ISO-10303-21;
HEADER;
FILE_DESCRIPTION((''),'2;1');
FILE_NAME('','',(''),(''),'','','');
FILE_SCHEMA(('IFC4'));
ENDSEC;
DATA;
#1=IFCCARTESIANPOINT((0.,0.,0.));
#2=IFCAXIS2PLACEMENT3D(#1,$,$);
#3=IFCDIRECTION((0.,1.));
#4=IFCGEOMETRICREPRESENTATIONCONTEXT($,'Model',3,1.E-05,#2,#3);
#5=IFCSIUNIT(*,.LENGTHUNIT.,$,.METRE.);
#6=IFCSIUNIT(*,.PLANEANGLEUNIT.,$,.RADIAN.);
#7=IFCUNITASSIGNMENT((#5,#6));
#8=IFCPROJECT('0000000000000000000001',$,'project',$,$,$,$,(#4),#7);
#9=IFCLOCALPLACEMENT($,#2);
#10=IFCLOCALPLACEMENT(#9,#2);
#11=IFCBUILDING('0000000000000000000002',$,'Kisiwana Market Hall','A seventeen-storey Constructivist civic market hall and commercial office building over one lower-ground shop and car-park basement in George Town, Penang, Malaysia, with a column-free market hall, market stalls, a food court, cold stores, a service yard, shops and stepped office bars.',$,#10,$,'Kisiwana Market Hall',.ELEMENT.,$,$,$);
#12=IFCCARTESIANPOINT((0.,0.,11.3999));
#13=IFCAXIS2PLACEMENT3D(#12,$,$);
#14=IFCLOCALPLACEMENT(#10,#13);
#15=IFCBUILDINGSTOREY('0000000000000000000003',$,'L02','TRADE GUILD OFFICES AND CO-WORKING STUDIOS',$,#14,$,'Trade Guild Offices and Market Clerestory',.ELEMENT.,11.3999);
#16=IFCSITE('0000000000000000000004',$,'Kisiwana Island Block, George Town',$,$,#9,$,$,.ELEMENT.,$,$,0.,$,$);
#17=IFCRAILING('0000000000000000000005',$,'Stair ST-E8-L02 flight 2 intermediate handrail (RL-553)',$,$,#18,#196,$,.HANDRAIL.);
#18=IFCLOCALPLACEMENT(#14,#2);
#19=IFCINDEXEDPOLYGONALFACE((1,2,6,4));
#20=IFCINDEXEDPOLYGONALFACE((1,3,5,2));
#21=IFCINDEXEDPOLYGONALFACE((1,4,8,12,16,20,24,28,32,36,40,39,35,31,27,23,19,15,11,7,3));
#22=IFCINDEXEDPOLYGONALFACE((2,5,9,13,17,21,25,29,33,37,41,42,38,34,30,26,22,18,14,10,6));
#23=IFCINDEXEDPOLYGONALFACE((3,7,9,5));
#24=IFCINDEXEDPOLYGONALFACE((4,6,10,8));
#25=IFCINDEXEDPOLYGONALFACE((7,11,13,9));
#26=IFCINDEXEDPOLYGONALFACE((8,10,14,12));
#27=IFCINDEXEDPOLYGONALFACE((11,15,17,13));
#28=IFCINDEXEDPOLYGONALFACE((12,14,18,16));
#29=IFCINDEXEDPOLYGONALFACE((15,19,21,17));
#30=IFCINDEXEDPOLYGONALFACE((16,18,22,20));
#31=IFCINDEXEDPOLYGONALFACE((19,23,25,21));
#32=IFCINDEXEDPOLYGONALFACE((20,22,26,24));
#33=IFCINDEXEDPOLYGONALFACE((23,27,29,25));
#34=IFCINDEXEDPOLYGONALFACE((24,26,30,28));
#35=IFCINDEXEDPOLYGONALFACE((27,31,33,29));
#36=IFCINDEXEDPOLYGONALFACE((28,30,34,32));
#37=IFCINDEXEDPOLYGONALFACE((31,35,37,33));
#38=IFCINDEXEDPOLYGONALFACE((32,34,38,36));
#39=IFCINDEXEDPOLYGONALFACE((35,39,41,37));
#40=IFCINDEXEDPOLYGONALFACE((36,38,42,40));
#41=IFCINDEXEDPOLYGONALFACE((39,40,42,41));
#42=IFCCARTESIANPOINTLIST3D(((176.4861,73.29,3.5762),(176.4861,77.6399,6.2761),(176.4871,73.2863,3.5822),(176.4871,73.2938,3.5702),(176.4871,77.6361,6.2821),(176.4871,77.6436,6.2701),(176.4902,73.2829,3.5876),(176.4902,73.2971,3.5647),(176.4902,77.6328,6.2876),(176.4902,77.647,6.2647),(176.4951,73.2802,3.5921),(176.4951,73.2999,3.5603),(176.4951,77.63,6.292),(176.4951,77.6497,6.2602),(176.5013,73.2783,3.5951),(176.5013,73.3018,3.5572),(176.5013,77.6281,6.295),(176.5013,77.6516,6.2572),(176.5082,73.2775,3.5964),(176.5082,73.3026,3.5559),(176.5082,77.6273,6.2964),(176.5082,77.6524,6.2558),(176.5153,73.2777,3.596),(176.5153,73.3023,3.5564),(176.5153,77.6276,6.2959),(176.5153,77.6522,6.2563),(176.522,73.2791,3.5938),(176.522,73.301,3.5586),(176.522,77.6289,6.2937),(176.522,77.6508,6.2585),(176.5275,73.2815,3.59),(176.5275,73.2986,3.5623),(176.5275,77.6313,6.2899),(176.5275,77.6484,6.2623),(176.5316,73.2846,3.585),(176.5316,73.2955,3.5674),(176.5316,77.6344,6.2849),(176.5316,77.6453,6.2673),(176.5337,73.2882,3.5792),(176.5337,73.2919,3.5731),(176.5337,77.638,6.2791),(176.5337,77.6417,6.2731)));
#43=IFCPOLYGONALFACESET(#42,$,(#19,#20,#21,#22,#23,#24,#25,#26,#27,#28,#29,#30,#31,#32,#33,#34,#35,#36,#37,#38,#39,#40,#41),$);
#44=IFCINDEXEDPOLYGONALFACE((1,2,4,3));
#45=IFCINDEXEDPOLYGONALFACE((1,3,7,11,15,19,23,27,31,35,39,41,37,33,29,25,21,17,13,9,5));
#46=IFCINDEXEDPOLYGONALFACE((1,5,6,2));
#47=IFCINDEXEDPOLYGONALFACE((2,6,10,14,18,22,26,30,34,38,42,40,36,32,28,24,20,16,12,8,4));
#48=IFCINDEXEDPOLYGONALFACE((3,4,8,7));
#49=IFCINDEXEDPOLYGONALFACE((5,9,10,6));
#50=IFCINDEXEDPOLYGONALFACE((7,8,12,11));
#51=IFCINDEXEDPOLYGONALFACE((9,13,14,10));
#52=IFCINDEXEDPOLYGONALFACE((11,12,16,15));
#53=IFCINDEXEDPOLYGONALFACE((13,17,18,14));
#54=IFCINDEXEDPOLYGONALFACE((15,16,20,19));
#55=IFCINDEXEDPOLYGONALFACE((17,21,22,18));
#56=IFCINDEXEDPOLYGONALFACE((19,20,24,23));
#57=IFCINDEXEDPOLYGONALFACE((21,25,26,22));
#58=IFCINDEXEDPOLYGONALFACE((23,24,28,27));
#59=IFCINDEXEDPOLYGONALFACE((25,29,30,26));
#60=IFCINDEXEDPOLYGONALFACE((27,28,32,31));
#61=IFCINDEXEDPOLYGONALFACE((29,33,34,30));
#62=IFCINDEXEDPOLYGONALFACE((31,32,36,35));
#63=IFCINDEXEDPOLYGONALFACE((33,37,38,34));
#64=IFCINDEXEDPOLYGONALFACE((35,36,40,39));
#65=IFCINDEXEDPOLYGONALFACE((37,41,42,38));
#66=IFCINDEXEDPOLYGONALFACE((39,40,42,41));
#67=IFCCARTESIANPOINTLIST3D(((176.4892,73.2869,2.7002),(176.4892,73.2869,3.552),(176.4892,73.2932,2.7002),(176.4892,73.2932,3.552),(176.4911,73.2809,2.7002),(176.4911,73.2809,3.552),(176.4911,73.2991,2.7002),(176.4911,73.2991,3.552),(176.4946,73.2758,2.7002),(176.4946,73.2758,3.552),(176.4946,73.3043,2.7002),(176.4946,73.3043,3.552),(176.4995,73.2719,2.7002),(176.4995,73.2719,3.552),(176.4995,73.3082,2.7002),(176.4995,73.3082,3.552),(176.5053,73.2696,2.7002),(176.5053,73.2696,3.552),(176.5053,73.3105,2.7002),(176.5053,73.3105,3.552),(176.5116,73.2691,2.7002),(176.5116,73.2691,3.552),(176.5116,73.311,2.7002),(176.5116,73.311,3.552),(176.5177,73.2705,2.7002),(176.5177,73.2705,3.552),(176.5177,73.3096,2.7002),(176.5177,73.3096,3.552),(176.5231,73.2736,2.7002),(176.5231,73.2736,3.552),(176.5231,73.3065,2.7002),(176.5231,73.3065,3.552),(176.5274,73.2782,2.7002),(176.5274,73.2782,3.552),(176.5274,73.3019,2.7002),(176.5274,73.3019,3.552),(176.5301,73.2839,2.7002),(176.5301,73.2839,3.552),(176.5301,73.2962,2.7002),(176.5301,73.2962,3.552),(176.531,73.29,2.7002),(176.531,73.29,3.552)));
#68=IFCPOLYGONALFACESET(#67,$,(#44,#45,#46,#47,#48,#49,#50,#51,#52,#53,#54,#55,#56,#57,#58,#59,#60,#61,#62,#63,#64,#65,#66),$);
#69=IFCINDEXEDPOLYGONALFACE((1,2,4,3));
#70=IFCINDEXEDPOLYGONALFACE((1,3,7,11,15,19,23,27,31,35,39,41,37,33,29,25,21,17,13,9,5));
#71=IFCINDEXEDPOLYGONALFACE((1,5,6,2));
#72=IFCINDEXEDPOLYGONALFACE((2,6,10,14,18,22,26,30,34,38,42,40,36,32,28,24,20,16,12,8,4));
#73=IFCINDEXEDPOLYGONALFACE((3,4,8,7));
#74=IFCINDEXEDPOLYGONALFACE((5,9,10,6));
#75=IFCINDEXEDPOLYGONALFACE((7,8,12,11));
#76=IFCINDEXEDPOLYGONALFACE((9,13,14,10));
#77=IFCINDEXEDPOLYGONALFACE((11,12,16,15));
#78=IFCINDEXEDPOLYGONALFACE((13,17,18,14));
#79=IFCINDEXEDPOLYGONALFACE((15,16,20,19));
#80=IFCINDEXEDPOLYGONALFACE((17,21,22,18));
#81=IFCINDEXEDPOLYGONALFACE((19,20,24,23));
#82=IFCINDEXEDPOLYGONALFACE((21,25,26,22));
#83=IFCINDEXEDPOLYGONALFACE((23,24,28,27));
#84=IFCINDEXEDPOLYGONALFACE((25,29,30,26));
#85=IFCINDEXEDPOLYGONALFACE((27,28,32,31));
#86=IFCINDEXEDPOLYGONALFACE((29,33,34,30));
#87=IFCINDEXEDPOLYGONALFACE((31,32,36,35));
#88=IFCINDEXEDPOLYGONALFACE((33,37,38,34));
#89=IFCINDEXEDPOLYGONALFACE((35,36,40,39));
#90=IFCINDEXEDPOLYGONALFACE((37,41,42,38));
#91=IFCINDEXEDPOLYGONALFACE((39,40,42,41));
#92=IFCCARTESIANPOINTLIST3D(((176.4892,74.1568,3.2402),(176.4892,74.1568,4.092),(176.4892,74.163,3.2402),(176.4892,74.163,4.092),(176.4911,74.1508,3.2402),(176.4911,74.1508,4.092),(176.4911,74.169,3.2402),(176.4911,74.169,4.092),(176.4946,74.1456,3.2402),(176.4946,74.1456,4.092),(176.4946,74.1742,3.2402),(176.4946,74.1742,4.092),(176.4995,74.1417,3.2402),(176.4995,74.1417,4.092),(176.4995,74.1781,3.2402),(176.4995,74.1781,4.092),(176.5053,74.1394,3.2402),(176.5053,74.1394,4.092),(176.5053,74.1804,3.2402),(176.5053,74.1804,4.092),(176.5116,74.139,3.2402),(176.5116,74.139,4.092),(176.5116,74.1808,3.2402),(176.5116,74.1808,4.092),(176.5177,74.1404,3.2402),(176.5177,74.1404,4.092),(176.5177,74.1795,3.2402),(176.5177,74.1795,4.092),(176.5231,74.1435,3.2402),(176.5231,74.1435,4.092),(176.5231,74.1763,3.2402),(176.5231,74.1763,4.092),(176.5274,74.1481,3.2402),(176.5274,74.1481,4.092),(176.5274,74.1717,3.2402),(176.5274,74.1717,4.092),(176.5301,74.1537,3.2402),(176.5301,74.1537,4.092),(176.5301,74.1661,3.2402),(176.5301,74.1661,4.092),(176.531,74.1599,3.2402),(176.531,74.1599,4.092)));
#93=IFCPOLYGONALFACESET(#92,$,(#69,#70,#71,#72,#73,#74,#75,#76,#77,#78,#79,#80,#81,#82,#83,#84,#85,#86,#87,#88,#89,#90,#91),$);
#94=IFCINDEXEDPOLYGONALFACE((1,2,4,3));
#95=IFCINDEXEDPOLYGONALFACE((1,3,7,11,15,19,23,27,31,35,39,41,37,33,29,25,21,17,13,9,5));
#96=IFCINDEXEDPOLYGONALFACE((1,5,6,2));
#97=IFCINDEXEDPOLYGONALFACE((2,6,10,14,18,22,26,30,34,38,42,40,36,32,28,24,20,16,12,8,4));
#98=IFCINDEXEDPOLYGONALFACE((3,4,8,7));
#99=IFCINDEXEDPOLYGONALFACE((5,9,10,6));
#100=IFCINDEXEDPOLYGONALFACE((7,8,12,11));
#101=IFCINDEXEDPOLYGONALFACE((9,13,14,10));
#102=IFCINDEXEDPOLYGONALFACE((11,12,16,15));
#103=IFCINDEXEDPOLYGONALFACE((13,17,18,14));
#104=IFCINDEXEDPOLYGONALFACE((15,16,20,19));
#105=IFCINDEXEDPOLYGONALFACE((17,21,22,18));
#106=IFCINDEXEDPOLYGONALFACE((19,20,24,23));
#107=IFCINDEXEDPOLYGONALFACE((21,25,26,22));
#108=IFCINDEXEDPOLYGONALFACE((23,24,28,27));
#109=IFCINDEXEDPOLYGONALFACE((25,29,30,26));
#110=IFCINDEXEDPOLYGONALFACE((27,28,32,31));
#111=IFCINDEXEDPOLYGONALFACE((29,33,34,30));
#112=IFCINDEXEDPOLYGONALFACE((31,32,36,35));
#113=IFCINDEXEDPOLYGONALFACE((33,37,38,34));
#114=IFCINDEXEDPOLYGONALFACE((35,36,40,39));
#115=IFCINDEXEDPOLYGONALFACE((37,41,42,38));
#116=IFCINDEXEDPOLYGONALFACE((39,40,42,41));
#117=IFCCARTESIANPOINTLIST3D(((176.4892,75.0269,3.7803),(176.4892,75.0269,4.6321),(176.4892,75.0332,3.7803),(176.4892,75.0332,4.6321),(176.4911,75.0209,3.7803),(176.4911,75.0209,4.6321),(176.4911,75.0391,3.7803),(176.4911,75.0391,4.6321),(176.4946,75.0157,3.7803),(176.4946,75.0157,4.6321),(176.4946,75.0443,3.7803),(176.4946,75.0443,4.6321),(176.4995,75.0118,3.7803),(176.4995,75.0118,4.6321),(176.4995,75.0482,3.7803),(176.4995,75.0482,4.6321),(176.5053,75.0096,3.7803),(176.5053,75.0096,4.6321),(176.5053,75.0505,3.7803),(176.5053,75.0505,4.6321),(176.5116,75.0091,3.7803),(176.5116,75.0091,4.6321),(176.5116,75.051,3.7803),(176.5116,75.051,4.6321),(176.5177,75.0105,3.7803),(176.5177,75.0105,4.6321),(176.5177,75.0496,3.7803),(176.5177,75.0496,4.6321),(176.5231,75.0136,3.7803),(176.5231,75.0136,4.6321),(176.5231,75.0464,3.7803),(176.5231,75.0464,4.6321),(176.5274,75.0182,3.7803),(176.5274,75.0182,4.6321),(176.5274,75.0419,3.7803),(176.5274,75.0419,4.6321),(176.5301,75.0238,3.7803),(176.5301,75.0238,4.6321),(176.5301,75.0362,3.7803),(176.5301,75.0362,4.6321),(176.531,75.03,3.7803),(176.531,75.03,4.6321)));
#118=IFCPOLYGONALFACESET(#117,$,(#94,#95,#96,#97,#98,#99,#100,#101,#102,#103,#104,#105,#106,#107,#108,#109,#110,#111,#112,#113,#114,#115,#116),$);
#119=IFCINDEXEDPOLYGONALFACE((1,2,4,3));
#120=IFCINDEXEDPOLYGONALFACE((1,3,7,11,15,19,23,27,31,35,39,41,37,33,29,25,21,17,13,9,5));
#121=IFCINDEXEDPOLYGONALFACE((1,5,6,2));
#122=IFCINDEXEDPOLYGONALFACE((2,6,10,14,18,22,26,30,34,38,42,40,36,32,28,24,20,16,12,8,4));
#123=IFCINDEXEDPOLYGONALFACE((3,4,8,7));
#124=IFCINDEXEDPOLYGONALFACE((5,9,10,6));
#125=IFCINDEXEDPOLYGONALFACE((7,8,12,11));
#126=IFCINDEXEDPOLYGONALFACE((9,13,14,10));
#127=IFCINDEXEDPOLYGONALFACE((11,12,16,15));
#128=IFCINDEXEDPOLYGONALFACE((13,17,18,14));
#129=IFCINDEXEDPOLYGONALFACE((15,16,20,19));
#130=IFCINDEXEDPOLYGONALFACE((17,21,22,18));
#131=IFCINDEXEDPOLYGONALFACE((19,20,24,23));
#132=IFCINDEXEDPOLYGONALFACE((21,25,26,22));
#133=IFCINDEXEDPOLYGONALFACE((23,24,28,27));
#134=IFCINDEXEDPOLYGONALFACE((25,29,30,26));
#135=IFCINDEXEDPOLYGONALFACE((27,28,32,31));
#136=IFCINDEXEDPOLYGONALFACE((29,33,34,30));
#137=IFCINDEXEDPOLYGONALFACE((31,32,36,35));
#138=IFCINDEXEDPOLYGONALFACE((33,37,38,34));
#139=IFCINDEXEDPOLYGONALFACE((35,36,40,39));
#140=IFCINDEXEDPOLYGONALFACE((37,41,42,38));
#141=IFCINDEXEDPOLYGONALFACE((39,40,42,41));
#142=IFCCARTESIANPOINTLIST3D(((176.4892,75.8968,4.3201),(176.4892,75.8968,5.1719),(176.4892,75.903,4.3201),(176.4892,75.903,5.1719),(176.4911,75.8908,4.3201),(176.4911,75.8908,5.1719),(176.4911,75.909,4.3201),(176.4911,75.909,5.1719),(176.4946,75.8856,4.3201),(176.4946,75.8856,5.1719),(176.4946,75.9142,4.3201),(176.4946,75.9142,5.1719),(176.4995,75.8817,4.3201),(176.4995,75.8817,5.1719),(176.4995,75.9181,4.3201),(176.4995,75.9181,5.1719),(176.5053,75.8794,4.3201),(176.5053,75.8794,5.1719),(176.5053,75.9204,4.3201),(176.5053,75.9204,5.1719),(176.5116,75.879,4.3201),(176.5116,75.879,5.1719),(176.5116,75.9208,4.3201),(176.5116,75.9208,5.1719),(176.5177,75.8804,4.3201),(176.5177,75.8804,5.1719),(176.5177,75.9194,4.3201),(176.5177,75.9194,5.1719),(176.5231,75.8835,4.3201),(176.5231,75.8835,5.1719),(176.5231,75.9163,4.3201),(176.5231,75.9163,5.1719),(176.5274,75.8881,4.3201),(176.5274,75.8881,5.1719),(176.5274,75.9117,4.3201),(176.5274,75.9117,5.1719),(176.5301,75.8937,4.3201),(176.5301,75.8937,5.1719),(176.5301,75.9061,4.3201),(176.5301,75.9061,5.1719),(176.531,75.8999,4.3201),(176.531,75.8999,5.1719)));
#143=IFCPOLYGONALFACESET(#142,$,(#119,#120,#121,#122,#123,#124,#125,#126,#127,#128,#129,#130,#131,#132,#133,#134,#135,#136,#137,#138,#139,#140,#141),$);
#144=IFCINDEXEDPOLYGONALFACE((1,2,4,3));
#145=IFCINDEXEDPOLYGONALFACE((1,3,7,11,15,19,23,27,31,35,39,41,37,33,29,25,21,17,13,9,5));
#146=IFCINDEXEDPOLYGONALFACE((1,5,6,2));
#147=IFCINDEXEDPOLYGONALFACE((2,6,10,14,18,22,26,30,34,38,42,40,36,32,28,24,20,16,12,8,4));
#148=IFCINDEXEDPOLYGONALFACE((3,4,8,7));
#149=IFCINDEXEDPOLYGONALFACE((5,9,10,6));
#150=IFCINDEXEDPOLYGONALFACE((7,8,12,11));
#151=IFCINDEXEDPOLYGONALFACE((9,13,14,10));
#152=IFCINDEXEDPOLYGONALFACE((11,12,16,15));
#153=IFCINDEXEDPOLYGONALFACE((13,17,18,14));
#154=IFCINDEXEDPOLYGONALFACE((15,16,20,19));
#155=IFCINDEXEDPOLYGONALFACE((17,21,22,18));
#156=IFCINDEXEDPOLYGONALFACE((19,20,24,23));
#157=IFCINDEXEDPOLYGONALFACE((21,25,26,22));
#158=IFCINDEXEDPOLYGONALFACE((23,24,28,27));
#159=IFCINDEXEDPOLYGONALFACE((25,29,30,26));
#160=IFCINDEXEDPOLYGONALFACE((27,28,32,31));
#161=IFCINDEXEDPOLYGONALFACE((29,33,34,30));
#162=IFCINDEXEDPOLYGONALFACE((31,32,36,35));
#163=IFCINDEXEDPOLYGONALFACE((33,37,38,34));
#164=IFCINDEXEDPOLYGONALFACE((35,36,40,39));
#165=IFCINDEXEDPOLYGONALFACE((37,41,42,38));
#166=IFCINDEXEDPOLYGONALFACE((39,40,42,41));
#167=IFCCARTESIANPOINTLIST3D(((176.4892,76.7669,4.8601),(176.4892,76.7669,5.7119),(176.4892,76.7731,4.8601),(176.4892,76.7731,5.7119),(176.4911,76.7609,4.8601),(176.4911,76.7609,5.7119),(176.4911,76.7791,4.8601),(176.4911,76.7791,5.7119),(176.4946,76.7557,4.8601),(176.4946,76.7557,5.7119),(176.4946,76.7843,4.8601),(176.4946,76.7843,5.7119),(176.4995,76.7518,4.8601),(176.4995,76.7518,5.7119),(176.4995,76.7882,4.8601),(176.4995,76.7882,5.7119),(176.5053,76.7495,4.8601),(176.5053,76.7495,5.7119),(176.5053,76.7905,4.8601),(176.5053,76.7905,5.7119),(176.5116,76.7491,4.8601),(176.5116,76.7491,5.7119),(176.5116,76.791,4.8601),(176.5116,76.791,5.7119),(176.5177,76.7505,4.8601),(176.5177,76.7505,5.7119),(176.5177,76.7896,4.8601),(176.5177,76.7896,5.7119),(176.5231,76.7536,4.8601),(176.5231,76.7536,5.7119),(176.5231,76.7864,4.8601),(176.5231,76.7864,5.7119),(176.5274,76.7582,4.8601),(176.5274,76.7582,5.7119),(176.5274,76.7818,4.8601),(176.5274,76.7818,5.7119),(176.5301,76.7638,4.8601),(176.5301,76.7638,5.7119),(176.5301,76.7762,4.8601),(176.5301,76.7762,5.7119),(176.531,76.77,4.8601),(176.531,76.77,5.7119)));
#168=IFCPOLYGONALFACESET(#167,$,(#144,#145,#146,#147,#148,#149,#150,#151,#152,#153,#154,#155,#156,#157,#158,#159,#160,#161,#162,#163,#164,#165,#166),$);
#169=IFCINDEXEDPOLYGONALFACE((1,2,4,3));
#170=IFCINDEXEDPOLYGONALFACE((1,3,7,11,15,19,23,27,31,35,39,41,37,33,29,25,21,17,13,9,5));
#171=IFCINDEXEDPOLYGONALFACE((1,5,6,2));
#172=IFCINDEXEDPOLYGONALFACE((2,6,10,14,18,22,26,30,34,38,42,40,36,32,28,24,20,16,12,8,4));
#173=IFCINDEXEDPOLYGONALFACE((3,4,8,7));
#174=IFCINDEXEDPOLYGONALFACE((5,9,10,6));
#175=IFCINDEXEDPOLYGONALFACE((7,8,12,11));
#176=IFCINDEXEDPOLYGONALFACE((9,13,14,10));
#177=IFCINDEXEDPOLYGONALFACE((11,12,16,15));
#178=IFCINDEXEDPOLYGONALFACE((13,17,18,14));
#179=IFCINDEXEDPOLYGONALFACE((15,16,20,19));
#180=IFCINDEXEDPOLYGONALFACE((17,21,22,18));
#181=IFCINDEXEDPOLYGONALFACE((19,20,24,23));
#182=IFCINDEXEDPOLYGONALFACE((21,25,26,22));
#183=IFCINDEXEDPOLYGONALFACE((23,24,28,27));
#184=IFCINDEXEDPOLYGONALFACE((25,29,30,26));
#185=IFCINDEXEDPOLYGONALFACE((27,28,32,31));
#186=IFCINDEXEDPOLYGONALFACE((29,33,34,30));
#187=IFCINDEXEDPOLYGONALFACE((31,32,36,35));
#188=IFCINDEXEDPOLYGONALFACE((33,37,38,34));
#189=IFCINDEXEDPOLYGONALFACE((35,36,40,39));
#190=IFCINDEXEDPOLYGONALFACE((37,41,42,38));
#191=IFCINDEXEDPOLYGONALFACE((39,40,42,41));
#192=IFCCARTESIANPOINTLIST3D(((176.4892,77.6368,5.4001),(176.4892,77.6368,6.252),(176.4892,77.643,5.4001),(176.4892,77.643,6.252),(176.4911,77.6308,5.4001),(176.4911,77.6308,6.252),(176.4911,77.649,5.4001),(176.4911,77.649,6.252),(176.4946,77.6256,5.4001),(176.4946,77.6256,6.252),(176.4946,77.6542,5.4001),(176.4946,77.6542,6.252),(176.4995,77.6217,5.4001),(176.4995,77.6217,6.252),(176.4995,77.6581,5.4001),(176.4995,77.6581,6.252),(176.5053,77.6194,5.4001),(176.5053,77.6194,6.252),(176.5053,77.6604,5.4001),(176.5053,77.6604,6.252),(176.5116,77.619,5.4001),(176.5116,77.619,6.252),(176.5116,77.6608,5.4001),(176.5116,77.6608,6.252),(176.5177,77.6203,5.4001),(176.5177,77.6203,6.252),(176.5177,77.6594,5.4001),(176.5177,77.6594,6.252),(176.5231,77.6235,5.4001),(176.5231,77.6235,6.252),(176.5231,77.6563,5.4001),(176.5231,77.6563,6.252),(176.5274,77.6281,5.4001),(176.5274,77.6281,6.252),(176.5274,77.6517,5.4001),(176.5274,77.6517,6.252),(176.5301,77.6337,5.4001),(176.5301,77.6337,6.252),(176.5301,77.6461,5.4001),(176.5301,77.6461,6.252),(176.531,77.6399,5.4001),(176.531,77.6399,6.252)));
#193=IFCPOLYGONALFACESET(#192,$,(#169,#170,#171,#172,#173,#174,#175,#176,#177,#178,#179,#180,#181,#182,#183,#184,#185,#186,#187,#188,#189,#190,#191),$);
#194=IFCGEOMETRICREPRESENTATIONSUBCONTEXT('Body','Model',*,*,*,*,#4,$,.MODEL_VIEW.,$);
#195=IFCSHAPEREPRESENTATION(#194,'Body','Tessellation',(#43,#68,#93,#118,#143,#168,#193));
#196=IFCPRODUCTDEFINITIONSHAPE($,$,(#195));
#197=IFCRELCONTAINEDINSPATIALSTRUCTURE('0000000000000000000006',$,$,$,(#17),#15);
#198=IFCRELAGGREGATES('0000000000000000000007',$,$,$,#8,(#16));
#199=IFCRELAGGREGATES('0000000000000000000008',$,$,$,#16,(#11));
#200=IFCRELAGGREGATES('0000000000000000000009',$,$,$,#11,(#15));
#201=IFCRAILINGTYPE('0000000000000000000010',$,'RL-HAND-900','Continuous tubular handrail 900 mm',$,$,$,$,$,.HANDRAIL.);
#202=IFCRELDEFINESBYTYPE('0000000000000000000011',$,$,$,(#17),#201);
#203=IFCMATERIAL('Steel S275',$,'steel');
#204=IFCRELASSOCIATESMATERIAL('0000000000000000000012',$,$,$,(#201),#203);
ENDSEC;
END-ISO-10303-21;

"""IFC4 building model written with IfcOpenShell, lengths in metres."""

from ifc_helpers import new_model, si_unit, direction, frame, origin, origin_2d, place, context, subcontext, project, spatial, circle, extrude, material, type_object, element, save


model = new_model("IFC4")

# Units and contexts
model_context = context("Model", 3, precision=1e-05, world=origin(), true_north=direction((0.0, 1.0)))
body_context = subcontext(model_context, "Body", "Model", "MODEL_VIEW")
ifc_project = project(units=[si_unit("LENGTHUNIT", "METRE"), si_unit("PLANEANGLEUNIT", "RADIAN")], contexts=[model_context])

# Site, building, storey
site_placement = place(None, origin())
site = spatial("IfcSite", under=ifc_project, at=site_placement, Name="Kisiwana Island Block, George Town", CompositionType="ELEMENT", RefElevation=0.0)
building_placement = place(site_placement, origin())
building = spatial("IfcBuilding", under=site, at=building_placement, Name="Kisiwana Market Hall", Description="A seventeen-storey Constructivist civic market hall and commercial office building over one lower-ground shop and car-park basement in George Town, Penang, Malaysia, with a column-free market hall, market stalls, a food court, cold stores, a service yard, shops and stepped office bars.", LongName="Kisiwana Market Hall", CompositionType="ELEMENT")
storey_placement = place(building_placement, frame((0.0, 0.0, 11.3999)))
storey = spatial("IfcBuildingStorey", under=building, at=storey_placement, Name="L02", Description="TRADE GUILD OFFICES AND CO-WORKING STUDIOS", LongName="Trade Guild Offices and Market Clerestory", CompositionType="ELEMENT", Elevation=11.3999)

# Railing
ifc_material_1 = material(Name="Steel S275", Category="steel")
railing_type_1 = type_object("IfcRailingType", Name="RL-HAND-900", Description="Continuous tubular handrail 900 mm", PredefinedType="HANDRAIL", material=ifc_material_1)
railing_1_placement = place(storey_placement, frame((176.51, 73.29, 2.7002)))
element("IfcRailing", 1, at=railing_1_placement, inside=storey, type_object=railing_type_1, Name="Stair ST-E8-L02 flight 2 intermediate handrail (RL-553)", PredefinedType="HANDRAIL", context=body_context, shape_type="SweptSolid", body=[
    extrude(circle(Radius=0.0239, at=origin_2d()), frame((0.0, 0.0, 0.876), z_axis=(0.0, 0.849636, 0.527369), x_axis=(-1.0, 0.0, 0.0)), (0.0, 0.0, 1.0), 5.1196),
    extrude(circle(Radius=0.021, at=origin_2d()), origin(), (0.0, 0.0, 1.0), 0.8518),
    extrude(circle(Radius=0.021, at=origin_2d()), frame((0.0, 0.8699, 0.54)), (0.0, 0.0, 1.0), 0.8518),
    extrude(circle(Radius=0.021, at=origin_2d()), frame((0.0, 1.74, 1.0801)), (0.0, 0.0, 1.0), 0.8518),
    extrude(circle(Radius=0.021, at=origin_2d()), frame((0.0, 2.6099, 1.6199)), (0.0, 0.0, 1.0), 0.8518),
    extrude(circle(Radius=0.021, at=origin_2d()), frame((0.0, 3.48, 2.1599)), (0.0, 0.0, 1.0), 0.8518),
    extrude(circle(Radius=0.021, at=origin_2d()), frame((0.0, 4.3499, 2.7)), (0.0, 0.0, 1.0), 0.8518),
])

save(model, "model.ifc")
